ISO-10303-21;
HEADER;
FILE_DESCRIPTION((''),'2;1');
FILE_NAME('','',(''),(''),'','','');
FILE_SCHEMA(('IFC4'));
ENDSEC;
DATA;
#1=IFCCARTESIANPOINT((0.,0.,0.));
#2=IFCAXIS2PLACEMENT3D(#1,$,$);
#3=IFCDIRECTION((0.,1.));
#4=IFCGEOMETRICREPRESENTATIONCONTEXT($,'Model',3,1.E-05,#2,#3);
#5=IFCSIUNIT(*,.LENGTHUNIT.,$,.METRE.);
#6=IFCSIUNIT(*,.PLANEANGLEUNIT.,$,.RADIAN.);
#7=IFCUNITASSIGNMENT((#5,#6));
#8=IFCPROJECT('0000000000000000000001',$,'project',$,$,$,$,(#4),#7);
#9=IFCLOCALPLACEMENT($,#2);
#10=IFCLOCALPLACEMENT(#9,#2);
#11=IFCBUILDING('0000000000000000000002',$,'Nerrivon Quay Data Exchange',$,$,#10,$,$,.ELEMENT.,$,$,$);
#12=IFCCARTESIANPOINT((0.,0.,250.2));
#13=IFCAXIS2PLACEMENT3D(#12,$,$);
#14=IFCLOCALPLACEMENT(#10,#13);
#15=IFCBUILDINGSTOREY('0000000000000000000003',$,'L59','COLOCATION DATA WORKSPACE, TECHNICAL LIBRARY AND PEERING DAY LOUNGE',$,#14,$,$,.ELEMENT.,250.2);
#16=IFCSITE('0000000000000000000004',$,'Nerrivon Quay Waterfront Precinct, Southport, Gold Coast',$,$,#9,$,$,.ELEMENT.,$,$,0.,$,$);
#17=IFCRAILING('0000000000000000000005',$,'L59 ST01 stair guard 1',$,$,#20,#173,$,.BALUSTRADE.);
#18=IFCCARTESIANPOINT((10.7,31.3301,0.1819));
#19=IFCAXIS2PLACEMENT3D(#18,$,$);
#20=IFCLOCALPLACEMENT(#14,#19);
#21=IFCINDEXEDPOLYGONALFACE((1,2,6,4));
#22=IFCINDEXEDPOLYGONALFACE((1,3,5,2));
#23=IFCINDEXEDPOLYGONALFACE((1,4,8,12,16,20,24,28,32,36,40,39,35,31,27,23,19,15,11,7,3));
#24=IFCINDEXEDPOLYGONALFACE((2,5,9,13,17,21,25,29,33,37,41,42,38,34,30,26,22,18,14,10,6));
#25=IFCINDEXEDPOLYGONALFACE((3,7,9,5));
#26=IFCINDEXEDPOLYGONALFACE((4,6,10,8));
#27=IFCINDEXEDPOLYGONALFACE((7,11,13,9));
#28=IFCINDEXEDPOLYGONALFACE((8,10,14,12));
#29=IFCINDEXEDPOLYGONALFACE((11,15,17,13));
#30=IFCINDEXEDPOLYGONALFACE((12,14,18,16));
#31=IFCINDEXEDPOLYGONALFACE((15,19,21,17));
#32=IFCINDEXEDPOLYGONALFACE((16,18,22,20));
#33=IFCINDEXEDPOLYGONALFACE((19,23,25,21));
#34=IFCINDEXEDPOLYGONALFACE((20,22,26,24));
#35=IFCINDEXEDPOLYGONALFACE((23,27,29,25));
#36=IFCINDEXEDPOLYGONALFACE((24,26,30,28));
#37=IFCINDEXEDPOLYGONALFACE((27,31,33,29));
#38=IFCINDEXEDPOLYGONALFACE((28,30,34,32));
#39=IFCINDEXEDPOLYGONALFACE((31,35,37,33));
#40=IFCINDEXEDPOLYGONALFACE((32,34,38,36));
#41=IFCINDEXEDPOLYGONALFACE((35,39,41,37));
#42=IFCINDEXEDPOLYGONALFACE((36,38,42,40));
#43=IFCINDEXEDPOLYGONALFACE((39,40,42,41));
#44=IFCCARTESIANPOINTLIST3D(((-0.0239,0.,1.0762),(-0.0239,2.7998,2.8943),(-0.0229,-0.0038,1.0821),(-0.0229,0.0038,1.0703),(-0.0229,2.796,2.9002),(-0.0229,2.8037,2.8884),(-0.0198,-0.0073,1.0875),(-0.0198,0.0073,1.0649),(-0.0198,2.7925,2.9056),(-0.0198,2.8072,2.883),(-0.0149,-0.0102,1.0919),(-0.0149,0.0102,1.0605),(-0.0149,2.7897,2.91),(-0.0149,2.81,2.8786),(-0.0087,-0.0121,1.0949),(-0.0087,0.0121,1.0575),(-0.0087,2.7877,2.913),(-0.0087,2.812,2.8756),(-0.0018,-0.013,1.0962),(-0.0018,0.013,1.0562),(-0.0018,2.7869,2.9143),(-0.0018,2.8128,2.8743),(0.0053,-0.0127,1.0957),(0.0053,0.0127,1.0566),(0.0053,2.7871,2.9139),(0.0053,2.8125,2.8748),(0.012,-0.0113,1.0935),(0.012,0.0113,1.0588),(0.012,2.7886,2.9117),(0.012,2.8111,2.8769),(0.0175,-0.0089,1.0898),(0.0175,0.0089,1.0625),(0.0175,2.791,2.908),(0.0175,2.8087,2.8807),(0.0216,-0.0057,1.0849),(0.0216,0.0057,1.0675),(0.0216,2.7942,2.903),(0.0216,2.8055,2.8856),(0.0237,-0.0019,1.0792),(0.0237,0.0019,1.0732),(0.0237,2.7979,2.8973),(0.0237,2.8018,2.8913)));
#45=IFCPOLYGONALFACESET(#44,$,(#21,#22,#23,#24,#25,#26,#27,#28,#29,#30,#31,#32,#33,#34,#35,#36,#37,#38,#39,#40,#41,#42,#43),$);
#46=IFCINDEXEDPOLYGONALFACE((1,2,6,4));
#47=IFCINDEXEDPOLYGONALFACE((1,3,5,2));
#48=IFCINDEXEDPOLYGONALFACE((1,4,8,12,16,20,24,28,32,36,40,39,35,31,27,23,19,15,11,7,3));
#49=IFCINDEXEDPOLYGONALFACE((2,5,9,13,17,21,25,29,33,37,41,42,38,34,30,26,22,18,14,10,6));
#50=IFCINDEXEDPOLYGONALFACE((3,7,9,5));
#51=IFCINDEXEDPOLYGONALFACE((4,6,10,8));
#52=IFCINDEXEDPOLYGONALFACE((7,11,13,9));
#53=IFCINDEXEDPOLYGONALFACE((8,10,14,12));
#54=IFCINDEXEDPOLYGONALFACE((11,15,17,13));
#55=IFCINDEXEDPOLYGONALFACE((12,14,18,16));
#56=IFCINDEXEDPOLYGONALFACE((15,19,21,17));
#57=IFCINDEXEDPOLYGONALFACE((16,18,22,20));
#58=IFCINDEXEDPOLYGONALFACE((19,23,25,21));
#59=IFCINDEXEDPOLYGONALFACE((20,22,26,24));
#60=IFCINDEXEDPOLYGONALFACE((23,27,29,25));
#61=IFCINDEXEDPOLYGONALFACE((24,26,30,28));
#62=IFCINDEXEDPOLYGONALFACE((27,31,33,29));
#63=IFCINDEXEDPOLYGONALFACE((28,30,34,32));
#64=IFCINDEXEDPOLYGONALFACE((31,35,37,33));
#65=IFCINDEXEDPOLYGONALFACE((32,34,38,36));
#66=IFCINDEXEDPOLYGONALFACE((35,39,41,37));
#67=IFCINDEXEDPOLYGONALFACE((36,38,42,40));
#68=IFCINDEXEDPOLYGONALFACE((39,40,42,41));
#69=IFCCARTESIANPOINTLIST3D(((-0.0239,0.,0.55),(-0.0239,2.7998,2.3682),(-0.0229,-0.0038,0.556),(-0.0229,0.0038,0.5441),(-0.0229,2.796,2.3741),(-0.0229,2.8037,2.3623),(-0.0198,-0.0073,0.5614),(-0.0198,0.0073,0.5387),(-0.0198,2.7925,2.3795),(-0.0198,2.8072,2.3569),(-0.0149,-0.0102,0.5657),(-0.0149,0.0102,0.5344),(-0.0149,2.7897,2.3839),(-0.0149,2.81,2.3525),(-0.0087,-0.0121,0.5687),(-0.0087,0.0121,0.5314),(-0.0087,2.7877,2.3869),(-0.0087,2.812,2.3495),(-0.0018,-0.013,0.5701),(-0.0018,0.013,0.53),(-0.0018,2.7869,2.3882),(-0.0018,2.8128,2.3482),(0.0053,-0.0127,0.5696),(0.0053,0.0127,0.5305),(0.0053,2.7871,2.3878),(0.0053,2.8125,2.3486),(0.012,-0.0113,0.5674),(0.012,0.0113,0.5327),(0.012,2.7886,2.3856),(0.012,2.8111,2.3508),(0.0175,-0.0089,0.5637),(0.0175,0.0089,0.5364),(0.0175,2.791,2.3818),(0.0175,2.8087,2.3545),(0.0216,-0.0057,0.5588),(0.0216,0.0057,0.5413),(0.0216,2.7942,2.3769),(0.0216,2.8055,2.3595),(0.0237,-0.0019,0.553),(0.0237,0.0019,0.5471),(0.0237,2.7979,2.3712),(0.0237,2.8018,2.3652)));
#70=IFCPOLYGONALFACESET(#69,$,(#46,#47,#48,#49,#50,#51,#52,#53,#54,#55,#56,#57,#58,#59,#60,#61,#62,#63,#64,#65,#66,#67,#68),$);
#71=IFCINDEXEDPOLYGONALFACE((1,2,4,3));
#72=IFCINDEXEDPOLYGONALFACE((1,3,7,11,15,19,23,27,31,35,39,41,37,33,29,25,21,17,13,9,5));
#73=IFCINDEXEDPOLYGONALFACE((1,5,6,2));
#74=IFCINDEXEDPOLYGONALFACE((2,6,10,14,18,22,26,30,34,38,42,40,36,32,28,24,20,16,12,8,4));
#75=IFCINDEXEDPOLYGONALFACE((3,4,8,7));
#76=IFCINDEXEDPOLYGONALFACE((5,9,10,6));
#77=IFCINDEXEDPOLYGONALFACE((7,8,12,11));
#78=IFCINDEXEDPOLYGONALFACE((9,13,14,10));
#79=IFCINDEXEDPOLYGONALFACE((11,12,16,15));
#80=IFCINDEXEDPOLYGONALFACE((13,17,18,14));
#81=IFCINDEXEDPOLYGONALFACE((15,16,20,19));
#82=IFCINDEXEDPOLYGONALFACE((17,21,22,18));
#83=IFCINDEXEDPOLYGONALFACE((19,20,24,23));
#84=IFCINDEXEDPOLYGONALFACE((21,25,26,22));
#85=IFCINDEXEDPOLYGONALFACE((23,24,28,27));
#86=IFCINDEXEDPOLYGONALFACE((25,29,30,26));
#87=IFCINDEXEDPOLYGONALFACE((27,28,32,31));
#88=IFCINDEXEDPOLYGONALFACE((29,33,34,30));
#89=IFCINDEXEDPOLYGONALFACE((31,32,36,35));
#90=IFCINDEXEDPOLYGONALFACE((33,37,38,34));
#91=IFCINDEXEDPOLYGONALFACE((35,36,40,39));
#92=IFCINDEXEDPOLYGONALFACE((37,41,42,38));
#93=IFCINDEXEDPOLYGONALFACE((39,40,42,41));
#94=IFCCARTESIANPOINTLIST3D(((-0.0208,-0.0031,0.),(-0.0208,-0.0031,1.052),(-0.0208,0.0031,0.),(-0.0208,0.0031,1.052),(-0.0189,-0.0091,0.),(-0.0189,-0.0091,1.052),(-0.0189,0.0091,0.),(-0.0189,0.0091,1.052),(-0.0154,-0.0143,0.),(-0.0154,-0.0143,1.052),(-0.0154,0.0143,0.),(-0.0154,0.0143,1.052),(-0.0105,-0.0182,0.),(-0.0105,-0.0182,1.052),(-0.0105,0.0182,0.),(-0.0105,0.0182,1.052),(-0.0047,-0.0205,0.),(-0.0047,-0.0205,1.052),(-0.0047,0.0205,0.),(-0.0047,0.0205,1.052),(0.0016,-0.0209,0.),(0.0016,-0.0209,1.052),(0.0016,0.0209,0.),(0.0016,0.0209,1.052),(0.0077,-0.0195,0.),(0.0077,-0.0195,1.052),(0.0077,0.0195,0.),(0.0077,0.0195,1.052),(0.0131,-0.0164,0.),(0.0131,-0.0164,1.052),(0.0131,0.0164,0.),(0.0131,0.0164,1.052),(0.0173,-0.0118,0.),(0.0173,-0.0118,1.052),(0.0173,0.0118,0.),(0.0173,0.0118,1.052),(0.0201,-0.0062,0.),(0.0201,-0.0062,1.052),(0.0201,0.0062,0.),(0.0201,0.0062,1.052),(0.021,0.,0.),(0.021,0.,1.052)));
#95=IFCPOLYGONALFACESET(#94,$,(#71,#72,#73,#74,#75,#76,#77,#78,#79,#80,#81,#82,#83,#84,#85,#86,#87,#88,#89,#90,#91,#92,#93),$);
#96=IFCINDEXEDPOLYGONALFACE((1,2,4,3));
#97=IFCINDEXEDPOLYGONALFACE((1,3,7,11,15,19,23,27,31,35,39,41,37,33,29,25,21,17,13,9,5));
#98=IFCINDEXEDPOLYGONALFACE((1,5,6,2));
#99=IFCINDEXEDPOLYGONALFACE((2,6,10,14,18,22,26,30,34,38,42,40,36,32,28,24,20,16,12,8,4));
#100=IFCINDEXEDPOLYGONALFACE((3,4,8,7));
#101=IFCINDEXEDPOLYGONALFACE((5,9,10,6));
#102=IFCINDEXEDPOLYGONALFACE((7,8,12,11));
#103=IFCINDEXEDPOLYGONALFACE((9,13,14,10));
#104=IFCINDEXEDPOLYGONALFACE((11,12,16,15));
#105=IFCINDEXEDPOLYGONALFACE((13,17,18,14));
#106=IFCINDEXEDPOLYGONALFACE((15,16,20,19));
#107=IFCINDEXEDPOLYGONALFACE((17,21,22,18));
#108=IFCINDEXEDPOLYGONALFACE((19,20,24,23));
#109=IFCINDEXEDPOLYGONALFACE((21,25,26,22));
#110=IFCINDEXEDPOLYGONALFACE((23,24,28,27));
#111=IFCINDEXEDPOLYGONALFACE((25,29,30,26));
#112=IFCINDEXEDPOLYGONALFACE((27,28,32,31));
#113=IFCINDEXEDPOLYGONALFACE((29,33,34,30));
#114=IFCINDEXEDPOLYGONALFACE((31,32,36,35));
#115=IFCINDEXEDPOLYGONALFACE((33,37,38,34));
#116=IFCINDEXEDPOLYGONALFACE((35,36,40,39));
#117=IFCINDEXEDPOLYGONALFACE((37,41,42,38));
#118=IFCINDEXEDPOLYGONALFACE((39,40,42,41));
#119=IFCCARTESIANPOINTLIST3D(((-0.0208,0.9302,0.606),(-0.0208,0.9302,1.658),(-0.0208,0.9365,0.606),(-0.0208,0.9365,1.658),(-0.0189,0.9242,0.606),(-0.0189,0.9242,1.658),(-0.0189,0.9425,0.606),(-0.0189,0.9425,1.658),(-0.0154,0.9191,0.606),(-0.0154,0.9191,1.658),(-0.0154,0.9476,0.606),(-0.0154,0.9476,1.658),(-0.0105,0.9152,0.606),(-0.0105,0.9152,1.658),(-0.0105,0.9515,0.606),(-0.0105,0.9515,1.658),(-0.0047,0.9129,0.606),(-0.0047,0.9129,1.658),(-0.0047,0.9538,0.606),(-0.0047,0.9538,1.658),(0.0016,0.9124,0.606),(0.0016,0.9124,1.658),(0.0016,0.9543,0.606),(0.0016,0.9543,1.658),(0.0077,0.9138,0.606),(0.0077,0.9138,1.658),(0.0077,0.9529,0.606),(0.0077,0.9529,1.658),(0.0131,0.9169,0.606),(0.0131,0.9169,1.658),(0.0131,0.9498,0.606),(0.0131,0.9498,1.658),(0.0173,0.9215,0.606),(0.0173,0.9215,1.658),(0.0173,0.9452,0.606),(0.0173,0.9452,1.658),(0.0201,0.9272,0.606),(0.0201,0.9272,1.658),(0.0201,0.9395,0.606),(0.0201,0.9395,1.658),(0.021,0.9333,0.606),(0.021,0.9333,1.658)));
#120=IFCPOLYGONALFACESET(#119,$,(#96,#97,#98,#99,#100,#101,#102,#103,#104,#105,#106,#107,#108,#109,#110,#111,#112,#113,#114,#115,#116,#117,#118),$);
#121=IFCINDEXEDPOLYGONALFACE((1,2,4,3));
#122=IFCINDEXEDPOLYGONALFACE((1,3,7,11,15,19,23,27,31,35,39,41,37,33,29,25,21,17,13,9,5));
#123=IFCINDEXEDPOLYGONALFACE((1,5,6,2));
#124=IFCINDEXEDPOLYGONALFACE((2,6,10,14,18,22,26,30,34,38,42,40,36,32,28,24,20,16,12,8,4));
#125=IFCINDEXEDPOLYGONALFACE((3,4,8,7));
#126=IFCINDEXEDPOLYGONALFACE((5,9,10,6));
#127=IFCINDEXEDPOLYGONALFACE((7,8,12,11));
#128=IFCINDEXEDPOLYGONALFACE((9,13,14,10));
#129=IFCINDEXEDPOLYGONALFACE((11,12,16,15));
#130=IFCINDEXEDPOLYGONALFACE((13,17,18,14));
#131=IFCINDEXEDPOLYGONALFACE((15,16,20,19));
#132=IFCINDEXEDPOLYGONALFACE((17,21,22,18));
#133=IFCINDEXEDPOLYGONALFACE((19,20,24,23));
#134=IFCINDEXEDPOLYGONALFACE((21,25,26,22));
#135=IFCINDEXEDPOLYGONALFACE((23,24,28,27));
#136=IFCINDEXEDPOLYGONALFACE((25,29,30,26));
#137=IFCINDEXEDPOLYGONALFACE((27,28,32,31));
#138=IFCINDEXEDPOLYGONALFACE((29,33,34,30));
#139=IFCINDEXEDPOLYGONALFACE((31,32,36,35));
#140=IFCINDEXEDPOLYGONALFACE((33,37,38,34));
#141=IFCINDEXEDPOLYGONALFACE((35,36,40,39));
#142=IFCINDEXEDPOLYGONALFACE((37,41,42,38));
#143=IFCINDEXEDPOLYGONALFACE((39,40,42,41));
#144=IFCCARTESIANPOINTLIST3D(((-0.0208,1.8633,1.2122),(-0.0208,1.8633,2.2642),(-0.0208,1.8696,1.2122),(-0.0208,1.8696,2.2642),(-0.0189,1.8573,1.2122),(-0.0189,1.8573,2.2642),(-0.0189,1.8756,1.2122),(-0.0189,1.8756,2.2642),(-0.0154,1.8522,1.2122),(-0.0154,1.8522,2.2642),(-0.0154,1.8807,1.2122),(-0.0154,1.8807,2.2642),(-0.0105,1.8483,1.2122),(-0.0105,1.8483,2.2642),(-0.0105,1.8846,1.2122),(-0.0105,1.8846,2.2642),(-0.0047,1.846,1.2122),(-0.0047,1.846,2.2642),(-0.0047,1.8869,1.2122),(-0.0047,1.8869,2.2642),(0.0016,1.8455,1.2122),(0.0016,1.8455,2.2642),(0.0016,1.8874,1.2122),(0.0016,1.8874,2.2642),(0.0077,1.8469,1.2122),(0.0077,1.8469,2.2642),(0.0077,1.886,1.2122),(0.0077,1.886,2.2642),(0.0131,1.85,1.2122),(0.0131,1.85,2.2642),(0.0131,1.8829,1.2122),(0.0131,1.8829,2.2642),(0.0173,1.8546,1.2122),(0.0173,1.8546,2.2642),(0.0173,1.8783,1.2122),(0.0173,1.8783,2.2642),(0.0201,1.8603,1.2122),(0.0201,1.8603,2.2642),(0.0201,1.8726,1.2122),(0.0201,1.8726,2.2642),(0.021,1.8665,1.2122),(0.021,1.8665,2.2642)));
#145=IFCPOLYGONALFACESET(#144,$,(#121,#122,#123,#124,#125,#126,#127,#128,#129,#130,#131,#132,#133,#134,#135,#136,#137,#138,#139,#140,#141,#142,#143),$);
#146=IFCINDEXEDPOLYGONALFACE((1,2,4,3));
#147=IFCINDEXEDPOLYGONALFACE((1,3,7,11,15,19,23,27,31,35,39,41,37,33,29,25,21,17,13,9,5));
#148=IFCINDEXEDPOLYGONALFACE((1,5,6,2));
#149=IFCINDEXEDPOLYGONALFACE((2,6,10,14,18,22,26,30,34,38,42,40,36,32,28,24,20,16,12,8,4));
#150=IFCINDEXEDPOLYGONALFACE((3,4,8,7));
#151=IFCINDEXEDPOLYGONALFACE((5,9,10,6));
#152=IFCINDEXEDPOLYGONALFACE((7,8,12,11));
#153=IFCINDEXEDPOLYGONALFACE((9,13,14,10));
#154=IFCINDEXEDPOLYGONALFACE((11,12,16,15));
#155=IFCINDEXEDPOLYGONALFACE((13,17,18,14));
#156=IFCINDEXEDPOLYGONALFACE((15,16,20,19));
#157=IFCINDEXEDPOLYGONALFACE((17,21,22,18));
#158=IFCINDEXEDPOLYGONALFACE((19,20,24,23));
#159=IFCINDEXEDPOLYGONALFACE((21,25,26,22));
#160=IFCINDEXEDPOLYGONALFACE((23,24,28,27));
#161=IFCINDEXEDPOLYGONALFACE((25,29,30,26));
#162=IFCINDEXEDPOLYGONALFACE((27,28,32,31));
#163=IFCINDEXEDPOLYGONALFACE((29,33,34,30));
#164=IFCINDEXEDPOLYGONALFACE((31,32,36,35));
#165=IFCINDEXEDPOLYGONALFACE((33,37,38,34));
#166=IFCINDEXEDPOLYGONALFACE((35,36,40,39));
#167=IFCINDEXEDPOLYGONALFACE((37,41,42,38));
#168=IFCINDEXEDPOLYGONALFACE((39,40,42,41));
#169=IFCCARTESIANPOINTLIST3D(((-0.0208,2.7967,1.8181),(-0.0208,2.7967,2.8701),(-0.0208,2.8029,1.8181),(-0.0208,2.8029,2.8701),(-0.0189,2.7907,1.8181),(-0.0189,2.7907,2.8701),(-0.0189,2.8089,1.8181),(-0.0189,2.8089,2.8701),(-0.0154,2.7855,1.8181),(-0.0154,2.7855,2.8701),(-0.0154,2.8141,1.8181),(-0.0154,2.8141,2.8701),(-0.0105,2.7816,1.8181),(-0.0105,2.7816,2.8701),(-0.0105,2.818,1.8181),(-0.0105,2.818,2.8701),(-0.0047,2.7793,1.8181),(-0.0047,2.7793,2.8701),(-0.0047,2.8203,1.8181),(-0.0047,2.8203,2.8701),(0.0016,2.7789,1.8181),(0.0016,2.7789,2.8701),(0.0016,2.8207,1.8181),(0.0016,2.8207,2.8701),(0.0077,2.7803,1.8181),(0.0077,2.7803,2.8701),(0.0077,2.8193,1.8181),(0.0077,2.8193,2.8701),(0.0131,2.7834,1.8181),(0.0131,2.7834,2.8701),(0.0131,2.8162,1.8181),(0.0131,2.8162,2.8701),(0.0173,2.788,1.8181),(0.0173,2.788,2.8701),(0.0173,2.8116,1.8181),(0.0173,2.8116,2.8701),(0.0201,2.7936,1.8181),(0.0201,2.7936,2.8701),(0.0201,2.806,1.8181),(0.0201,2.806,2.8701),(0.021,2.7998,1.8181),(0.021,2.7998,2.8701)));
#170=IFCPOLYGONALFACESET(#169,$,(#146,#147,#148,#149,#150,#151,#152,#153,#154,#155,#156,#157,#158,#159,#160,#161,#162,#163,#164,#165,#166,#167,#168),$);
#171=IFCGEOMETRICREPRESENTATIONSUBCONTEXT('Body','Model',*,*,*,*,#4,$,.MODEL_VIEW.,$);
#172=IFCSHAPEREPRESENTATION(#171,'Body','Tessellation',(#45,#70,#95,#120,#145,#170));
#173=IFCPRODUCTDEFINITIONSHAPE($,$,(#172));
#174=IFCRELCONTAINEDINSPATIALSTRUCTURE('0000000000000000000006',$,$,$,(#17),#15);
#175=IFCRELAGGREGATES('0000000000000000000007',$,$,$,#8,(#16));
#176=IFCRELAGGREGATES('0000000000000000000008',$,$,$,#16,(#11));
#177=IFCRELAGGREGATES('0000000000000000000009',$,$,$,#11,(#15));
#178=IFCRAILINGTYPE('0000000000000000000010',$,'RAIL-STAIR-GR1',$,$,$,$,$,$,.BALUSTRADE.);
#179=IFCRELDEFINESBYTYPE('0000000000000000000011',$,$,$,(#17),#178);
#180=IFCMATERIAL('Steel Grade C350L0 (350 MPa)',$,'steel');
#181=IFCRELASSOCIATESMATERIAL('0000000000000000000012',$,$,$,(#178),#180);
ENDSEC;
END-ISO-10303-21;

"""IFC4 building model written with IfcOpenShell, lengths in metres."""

from ifc_helpers import new_model, si_unit, direction, frame, origin, origin_2d, place, context, subcontext, project, spatial, circle, extrude, material, type_object, element, save


model = new_model("IFC4")

# Units and contexts
model_context = context("Model", 3, precision=1e-05, world=origin(), true_north=direction((0.0, 1.0)))
body_context = subcontext(model_context, "Body", "Model", "MODEL_VIEW")
ifc_project = project(units=[si_unit("LENGTHUNIT", "METRE"), si_unit("PLANEANGLEUNIT", "RADIAN")], contexts=[model_context])

# Site, building, storey
site_placement = place(None, origin())
site = spatial("IfcSite", under=ifc_project, at=site_placement, Name="Nerrivon Quay Waterfront Precinct, Southport, Gold Coast", CompositionType="ELEMENT", RefElevation=0.0)
building_placement = place(site_placement, origin())
building = spatial("IfcBuilding", under=site, at=building_placement, Name="Nerrivon Quay Data Exchange", CompositionType="ELEMENT")
storey_placement = place(building_placement, frame((0.0, 0.0, 250.2)))
storey = spatial("IfcBuildingStorey", under=building, at=storey_placement, Name="L59", Description="COLOCATION DATA WORKSPACE, TECHNICAL LIBRARY AND PEERING DAY LOUNGE", CompositionType="ELEMENT", Elevation=250.2)

# Railing
ifc_material_1 = material(Name="Steel Grade C350L0 (350 MPa)", Category="steel")
railing_type_1 = type_object("IfcRailingType", Name="RAIL-STAIR-GR1", PredefinedType="BALUSTRADE", material=ifc_material_1)
railing_1_placement = place(storey_placement, frame((10.7, 31.3301, 0.1819)))
element("IfcRailing", 1, at=railing_1_placement, inside=storey, type_object=railing_type_1, Name="L59 ST01 stair guard 1", PredefinedType="BALUSTRADE", context=body_context, shape_type="SweptSolid", body=[
    extrude(circle(Radius=0.0239, at=origin_2d()), frame((0.0, 0.0, 1.0762), z_axis=(0.0, 0.838684, 0.544618), x_axis=(-1.0, 0.0, 0.0)), (0.0, 0.0, 1.0), 3.3384),
    extrude(circle(Radius=0.0239, at=origin_2d()), frame((0.0, 0.0, 0.55), z_axis=(0.0, 0.838684, 0.544618), x_axis=(-1.0, 0.0, 0.0)), (0.0, 0.0, 1.0), 3.3384),
    extrude(circle(Radius=0.021, at=origin_2d()), origin(), (0.0, 0.0, 1.0), 1.052),
    extrude(circle(Radius=0.021, at=origin_2d()), frame((0.0, 0.9333, 0.606)), (0.0, 0.0, 1.0), 1.052),
    extrude(circle(Radius=0.021, at=origin_2d()), frame((0.0, 1.8665, 1.2122)), (0.0, 0.0, 1.0), 1.052),
    extrude(circle(Radius=0.021, at=origin_2d()), frame((0.0, 2.7998, 1.8181)), (0.0, 0.0, 1.0), 1.052),
])

save(model, "model.ifc")
